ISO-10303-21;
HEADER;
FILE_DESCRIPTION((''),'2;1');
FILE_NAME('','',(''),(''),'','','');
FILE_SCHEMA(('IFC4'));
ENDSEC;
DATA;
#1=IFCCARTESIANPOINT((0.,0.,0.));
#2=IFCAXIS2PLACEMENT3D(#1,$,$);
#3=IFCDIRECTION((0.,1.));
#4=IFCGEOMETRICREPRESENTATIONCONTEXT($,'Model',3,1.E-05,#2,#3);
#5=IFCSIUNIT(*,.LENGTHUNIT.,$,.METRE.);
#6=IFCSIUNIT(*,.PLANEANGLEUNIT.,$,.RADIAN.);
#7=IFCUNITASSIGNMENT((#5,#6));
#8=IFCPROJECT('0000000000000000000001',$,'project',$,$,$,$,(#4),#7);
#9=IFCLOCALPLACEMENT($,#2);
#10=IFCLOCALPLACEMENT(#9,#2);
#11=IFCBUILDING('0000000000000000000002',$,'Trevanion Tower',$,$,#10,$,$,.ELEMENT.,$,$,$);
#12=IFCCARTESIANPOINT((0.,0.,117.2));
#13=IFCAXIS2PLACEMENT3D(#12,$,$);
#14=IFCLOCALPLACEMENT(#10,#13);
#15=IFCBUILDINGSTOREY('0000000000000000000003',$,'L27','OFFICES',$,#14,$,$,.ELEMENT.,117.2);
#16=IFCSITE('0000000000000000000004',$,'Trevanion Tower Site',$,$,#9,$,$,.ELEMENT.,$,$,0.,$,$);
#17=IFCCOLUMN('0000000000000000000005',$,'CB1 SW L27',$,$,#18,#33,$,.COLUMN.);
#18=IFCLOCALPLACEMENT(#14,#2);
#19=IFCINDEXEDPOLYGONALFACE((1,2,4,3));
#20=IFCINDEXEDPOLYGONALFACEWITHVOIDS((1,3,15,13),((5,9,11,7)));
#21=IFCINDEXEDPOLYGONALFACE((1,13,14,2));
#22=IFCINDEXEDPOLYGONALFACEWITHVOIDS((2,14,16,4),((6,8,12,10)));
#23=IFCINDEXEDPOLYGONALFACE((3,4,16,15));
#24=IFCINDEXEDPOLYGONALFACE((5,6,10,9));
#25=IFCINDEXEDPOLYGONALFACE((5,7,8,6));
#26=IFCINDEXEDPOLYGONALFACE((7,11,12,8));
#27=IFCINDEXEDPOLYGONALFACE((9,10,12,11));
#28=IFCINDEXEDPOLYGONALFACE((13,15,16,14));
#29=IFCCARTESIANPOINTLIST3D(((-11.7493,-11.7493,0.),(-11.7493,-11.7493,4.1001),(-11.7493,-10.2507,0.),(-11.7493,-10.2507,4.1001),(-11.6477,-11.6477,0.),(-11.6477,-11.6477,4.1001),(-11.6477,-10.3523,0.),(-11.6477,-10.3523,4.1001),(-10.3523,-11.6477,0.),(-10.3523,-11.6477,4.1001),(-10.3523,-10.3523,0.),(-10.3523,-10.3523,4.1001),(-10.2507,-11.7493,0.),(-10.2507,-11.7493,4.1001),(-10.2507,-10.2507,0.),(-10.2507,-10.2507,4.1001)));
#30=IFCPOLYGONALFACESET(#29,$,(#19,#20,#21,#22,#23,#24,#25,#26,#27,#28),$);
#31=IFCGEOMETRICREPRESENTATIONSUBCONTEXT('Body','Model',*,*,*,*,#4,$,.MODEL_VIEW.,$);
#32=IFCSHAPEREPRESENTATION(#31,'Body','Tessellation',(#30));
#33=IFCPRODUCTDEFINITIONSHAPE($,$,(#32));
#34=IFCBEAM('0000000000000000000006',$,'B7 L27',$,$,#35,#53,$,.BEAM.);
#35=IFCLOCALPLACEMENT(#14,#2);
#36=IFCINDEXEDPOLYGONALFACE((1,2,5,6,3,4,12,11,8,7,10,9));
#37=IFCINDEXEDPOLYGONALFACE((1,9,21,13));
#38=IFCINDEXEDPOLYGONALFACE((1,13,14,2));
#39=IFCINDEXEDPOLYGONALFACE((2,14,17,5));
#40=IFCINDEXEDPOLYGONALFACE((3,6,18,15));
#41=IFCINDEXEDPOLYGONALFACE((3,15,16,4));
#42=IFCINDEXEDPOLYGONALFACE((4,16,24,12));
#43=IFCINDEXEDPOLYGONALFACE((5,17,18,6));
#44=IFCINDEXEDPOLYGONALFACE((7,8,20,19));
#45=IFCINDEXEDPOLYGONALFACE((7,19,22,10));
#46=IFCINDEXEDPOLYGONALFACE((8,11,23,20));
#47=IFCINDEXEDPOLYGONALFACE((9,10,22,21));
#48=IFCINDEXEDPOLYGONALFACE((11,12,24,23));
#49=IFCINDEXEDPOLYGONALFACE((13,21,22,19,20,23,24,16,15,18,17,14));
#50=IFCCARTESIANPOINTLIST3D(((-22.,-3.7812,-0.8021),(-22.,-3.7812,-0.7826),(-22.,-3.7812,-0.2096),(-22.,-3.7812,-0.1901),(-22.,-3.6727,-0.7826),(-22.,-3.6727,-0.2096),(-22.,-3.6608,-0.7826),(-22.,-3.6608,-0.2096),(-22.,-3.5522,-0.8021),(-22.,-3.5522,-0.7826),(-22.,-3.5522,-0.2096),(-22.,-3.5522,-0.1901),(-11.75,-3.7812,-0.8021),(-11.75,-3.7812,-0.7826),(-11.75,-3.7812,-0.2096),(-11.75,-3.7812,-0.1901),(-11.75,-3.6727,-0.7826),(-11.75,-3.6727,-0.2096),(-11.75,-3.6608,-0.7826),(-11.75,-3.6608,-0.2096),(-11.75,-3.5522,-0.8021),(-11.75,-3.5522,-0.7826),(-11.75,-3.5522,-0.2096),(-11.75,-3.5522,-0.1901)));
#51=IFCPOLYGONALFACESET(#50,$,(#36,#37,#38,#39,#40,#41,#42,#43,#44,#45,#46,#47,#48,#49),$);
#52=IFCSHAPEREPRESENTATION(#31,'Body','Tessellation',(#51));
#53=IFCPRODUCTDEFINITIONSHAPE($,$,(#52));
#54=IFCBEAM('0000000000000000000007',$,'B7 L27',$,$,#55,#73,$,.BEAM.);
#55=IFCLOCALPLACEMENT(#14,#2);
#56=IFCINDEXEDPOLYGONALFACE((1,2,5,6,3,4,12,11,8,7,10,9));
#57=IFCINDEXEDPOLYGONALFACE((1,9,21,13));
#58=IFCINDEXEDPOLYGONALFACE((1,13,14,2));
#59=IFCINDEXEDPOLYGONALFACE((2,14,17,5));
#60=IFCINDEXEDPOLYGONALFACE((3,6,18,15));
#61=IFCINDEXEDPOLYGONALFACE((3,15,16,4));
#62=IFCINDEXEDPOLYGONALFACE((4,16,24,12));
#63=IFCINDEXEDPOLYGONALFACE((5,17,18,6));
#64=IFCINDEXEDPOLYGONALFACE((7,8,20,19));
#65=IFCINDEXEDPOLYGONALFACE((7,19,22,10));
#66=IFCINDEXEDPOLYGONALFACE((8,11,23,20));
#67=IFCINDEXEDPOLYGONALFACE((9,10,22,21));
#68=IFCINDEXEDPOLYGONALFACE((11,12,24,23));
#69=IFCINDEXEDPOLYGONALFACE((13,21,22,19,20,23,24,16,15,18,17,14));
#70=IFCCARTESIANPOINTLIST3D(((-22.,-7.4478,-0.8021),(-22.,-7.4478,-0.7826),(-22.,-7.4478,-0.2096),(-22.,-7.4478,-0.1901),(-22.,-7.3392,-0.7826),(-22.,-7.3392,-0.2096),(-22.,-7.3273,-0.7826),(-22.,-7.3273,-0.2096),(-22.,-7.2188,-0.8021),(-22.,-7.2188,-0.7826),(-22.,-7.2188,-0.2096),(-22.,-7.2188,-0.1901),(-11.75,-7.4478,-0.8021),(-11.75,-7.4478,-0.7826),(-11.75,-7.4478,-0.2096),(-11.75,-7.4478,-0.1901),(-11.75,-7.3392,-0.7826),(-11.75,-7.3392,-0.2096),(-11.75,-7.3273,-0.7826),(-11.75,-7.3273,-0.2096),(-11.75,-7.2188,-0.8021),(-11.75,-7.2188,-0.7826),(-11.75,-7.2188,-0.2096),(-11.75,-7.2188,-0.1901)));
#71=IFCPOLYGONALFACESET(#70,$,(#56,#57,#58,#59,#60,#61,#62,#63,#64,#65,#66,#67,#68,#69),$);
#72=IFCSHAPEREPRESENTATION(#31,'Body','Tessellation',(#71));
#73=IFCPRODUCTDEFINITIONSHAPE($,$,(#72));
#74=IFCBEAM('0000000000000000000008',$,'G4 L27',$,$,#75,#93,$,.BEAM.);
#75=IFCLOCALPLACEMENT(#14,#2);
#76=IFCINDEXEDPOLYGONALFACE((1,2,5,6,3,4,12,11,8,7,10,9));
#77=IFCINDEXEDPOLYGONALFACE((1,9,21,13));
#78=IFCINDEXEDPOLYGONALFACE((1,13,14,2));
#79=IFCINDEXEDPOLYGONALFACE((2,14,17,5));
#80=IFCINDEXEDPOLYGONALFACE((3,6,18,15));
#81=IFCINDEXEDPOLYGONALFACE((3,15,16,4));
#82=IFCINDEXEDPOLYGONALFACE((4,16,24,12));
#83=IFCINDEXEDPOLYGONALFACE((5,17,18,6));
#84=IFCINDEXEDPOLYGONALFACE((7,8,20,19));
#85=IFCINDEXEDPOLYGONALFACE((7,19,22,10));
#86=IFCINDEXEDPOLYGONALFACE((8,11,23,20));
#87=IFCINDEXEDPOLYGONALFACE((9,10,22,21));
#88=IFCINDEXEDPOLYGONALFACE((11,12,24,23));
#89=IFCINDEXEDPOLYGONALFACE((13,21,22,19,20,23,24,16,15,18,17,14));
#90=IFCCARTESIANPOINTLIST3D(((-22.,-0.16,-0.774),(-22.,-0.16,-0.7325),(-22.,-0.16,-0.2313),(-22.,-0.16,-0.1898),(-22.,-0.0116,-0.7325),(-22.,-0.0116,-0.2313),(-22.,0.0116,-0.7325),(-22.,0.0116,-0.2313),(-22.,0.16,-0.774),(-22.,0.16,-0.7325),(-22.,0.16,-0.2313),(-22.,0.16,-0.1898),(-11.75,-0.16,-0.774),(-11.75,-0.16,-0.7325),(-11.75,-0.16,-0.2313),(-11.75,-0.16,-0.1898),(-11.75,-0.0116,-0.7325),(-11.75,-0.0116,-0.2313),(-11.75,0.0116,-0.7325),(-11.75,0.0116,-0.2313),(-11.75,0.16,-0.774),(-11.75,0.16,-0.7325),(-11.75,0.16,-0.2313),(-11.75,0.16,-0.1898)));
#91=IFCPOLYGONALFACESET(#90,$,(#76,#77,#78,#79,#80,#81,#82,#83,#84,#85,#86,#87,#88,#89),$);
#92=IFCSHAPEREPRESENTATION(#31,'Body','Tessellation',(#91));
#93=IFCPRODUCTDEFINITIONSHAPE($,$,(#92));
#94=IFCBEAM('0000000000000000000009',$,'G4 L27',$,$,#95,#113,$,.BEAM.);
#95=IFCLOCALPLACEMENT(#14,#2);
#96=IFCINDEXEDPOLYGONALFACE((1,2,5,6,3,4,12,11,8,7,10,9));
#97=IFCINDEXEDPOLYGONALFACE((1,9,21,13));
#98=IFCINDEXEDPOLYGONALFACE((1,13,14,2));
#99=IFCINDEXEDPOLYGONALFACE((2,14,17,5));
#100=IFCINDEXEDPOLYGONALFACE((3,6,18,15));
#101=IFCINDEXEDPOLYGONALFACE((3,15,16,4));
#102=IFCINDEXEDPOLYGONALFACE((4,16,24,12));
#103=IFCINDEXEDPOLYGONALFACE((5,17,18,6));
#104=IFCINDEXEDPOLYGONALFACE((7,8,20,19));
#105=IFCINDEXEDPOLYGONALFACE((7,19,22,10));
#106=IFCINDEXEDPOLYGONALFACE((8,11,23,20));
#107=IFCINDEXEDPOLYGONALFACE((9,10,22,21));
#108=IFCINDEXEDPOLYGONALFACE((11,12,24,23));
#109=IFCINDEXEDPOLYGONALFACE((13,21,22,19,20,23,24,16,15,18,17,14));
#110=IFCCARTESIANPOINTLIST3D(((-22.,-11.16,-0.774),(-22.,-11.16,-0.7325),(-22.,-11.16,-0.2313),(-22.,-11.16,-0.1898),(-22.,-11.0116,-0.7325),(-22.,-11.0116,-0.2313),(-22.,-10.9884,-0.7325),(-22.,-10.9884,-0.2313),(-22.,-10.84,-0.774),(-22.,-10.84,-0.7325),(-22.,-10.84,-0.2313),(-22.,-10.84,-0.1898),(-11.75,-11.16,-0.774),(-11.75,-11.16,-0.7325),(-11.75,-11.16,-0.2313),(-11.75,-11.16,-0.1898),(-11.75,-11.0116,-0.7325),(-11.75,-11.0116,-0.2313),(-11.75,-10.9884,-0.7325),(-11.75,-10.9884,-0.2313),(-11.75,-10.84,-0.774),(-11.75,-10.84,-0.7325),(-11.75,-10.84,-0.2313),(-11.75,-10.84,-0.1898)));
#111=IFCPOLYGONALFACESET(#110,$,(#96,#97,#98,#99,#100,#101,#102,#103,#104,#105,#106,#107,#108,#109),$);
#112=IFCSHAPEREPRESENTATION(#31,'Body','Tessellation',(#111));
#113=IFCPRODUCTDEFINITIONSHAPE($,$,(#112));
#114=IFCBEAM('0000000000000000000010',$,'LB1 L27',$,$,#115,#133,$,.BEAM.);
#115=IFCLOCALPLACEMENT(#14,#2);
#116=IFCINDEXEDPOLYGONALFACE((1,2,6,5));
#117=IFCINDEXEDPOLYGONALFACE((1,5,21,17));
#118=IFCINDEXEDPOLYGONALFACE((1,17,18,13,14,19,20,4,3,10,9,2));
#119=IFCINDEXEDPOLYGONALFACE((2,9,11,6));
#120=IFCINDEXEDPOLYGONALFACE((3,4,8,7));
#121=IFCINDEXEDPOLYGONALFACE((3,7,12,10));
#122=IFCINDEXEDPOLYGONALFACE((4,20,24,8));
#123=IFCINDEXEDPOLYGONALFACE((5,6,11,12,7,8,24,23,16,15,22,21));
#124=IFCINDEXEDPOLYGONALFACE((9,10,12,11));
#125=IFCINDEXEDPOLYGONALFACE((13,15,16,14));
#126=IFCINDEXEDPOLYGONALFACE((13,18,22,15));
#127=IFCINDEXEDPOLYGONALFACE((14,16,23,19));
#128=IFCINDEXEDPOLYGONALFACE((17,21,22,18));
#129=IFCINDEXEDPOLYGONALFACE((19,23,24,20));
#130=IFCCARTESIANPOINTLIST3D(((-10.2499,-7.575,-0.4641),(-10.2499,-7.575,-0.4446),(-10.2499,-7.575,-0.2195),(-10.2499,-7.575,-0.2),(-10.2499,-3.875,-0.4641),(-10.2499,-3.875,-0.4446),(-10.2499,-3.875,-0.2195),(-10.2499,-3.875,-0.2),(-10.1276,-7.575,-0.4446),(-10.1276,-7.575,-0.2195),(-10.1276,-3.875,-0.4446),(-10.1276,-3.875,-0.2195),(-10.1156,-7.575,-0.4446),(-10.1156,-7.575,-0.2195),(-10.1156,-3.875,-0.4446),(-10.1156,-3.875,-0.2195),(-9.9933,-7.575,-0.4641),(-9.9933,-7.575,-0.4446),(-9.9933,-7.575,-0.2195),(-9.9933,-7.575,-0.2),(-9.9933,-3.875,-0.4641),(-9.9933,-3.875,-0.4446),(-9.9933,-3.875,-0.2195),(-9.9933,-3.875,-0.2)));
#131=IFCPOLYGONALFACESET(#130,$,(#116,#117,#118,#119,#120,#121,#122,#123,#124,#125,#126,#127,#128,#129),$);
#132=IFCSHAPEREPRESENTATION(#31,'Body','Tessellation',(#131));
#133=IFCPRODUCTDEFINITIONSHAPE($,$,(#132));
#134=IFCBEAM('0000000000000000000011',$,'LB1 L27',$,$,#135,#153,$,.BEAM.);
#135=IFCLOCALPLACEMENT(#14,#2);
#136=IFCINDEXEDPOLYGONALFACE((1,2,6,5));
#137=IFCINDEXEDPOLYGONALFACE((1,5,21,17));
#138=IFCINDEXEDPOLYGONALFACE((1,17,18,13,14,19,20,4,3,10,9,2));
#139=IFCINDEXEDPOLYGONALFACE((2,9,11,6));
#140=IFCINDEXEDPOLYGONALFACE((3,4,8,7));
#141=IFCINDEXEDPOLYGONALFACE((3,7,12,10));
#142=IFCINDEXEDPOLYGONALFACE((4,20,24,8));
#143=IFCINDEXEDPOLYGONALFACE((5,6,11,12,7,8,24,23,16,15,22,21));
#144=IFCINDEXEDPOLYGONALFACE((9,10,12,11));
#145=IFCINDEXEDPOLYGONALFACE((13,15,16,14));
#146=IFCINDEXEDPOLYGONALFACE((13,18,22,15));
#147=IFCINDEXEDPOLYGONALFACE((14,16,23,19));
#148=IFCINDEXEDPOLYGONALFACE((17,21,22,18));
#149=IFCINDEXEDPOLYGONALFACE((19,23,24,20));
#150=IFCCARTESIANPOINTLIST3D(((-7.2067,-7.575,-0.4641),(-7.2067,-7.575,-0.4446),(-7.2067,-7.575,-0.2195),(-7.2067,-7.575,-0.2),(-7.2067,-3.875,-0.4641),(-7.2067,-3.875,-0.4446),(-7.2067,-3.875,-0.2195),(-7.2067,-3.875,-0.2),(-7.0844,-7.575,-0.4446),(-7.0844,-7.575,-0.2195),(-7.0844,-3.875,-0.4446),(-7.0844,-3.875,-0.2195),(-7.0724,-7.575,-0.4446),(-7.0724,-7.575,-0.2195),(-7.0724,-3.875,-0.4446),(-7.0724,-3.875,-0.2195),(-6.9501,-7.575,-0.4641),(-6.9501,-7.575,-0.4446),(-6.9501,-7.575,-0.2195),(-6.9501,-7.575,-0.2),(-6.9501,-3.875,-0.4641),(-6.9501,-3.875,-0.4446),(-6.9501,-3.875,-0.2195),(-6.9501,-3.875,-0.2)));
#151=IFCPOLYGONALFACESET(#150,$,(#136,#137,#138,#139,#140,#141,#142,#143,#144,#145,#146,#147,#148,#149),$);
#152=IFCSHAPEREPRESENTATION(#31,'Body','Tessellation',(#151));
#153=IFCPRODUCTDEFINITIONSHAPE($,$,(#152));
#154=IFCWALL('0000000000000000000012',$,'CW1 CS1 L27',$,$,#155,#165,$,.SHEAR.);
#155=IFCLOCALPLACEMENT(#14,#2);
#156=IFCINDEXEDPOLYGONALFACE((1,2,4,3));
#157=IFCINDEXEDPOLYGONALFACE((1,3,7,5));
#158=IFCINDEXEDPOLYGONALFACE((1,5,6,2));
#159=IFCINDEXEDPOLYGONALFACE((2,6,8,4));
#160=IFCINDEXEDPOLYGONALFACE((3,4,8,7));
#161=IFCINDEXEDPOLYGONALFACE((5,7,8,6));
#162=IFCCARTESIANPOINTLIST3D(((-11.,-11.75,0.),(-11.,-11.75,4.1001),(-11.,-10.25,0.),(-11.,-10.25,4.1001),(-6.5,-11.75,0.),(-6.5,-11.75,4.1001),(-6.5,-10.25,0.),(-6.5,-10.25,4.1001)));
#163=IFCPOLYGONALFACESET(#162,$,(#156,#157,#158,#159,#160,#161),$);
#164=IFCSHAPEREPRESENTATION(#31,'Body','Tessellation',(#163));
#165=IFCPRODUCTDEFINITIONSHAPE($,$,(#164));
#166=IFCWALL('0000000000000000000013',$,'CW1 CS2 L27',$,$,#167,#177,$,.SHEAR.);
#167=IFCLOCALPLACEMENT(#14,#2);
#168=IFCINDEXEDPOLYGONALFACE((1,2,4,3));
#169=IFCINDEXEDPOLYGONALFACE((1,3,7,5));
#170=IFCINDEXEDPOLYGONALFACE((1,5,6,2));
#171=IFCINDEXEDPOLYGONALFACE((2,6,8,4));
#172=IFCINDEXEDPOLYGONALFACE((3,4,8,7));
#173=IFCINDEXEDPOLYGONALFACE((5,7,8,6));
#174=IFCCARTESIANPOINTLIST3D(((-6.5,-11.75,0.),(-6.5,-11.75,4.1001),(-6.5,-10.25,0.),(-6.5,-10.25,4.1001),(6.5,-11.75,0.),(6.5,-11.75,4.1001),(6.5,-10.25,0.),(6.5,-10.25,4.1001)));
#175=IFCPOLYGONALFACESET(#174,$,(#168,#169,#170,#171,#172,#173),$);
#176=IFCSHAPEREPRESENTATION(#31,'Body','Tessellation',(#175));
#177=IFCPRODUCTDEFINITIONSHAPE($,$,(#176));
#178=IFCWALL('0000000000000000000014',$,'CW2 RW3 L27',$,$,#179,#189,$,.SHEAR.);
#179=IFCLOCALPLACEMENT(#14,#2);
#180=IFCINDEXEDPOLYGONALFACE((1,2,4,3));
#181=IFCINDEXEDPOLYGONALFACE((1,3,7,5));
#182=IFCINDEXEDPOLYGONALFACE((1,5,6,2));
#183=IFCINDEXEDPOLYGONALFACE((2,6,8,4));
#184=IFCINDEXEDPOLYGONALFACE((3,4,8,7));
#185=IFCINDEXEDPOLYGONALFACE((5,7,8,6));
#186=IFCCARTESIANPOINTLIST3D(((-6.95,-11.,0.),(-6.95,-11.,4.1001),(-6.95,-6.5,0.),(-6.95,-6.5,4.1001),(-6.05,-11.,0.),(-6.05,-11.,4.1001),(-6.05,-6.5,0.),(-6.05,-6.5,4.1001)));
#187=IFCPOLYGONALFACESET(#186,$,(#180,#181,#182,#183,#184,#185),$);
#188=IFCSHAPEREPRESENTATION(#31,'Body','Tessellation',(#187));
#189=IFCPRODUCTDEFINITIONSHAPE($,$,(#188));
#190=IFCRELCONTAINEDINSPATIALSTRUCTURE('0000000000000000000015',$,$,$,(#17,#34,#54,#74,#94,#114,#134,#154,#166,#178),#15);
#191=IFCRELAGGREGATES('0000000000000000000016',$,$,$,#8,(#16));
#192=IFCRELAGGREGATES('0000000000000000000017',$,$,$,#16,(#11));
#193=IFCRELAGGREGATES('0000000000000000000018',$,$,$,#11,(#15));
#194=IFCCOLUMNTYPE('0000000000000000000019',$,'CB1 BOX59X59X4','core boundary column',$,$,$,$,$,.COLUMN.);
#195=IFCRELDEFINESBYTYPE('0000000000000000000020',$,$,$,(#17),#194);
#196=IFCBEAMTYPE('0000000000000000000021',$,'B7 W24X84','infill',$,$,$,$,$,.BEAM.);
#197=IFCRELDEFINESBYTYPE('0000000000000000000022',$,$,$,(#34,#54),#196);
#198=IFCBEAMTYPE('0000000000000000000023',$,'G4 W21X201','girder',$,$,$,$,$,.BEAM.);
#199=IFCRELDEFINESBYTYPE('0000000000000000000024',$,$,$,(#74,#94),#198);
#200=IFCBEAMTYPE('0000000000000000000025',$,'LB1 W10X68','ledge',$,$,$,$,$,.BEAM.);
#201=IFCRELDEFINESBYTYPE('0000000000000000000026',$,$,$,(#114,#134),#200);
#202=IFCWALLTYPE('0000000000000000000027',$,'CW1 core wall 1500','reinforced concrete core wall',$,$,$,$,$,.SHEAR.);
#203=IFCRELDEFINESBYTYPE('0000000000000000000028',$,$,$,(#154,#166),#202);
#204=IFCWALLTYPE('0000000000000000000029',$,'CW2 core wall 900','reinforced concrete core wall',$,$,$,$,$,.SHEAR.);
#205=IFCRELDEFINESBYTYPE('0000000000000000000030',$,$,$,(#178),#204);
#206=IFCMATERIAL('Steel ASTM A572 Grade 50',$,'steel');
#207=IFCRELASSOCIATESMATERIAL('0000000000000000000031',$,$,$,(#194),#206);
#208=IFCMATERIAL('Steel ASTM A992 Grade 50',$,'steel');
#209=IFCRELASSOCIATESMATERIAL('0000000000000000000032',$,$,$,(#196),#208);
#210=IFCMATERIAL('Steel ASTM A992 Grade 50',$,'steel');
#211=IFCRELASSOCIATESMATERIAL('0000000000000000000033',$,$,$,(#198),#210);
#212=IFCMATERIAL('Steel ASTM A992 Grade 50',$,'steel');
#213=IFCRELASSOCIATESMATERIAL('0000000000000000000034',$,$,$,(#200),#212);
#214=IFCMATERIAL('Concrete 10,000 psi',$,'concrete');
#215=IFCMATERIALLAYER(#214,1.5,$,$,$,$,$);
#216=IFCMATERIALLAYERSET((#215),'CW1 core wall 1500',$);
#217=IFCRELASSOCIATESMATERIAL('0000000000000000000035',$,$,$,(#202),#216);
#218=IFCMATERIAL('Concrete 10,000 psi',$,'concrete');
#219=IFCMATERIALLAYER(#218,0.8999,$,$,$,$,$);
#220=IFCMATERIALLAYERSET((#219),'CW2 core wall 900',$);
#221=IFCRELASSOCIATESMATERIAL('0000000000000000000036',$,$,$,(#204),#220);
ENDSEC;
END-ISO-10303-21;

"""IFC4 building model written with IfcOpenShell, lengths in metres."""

from ifc_helpers import new_model, si_unit, direction, frame, frame_2d, origin, origin_2d, place, context, subcontext, project, spatial, rectangle, hollow_rectangle, i_section, extrude, material, layer, layer_set, material_profile, profile_set, type_object, element, save


model = new_model("IFC4")

# Units and contexts
model_context = context("Model", 3, precision=1e-05, world=origin(), true_north=direction((0.0, 1.0)))
body_context = subcontext(model_context, "Body", "Model", "MODEL_VIEW")
ifc_project = project(units=[si_unit("LENGTHUNIT", "METRE"), si_unit("PLANEANGLEUNIT", "RADIAN")], contexts=[model_context])

# Site, building, storey
site_placement = place(None, origin())
site = spatial("IfcSite", under=ifc_project, at=site_placement, Name="Trevanion Tower Site", CompositionType="ELEMENT", RefElevation=0.0)
building_placement = place(site_placement, origin())
building = spatial("IfcBuilding", under=site, at=building_placement, Name="Trevanion Tower", CompositionType="ELEMENT")
storey_placement = place(building_placement, frame((0.0, 0.0, 117.2)))
storey = spatial("IfcBuildingStorey", under=building, at=storey_placement, Name="L27", Description="OFFICES", CompositionType="ELEMENT", Elevation=117.2)

# Column
ifc_material_1 = material(Name="Steel ASTM A572 Grade 50", Category="steel")
ifc_material_profile_1 = material_profile(ifc_material_1, hollow_rectangle(XDim=1.4985, YDim=1.4985, WallThickness=0.1016, at=origin_2d()), Name="BOX59X59X4")
ifc_profile_set_1 = profile_set([ifc_material_profile_1], Name="Steel ASTM A572 Grade 50")
column_type = type_object("IfcColumnType", Name="CB1 BOX59X59X4", Description="core boundary column", PredefinedType="COLUMN", material=ifc_profile_set_1)
column_placement = place(storey_placement, frame((-11.0, -11.0, 0.0), z_axis=(0.0, 0.0, 1.0), x_axis=(1.0, 0.0, 0.0)))
element("IfcColumn", 1, at=column_placement, inside=storey, type_object=column_type, Name="CB1 SW L27", PredefinedType="COLUMN", context=body_context, shape_type="SweptSolid", body=[
    extrude(hollow_rectangle(XDim=1.4985, YDim=1.4985, WallThickness=0.1016, at=origin_2d()), origin(), (0.0, 0.0, 1.0), 4.1001),
])

# Beams
ifc_material_2 = material(Name="Steel ASTM A992 Grade 50", Category="steel")
ifc_material_profile_2 = material_profile(ifc_material_2, i_section(OverallWidth=0.229, OverallDepth=0.6121, WebThickness=0.012, FlangeThickness=0.0195, at=origin_2d()), Name="W24X84")
ifc_profile_set_2 = profile_set([ifc_material_profile_2], Name="Steel ASTM A992 Grade 50")
beam_type_1 = type_object("IfcBeamType", Name="B7 W24X84", Description="infill", PredefinedType="BEAM", material=ifc_profile_set_2)
for number, where, z_axis, x_axis, name in (
    (2, (-11.75, -3.6667, -0.4961), (-1.0, 0.0, 0.0), (0.0, -1.0, 0.0), "B7 L27"),
    (3, (-11.75, -7.3333, -0.4961), (-1.0, 0.0, 0.0), (0.0, -1.0, 0.0), "B7 L27"),
):
    element("IfcBeam", number, at=place(storey_placement, frame(where, z_axis=z_axis, x_axis=x_axis)), inside=storey, type_object=beam_type_1, Name=name, PredefinedType="BEAM", context=body_context, shape_type="SweptSolid", body=[
        extrude(i_section(OverallWidth=0.229, OverallDepth=0.6121, WebThickness=0.012, FlangeThickness=0.0195, at=origin_2d()), origin(), (0.0, 0.0, 1.0), 10.25),
    ])
ifc_material_3 = material(Name="Steel ASTM A992 Grade 50", Category="steel")
ifc_material_profile_3 = material_profile(ifc_material_3, i_section(OverallWidth=0.3201, OverallDepth=0.5842, WebThickness=0.0232, FlangeThickness=0.0415, at=origin_2d()), Name="W21X201")
ifc_profile_set_3 = profile_set([ifc_material_profile_3], Name="Steel ASTM A992 Grade 50")
beam_type_2 = type_object("IfcBeamType", Name="G4 W21X201", Description="girder", PredefinedType="BEAM", material=ifc_profile_set_3)
for number, where, z_axis, x_axis, name in (
    (4, (-11.75, 0.0, -0.4819), (-1.0, 0.0, 0.0), (0.0, -1.0, 0.0), "G4 L27"),
    (5, (-11.75, -11.0, -0.4819), (-1.0, 0.0, 0.0), (0.0, -1.0, 0.0), "G4 L27"),
):
    element("IfcBeam", number, at=place(storey_placement, frame(where, z_axis=z_axis, x_axis=x_axis)), inside=storey, type_object=beam_type_2, Name=name, PredefinedType="BEAM", context=body_context, shape_type="SweptSolid", body=[
        extrude(i_section(OverallWidth=0.3201, OverallDepth=0.5842, WebThickness=0.0232, FlangeThickness=0.0415, at=origin_2d()), origin(), (0.0, 0.0, 1.0), 10.25),
    ])
ifc_material_4 = material(Name="Steel ASTM A992 Grade 50", Category="steel")
ifc_material_profile_4 = material_profile(ifc_material_4, i_section(OverallWidth=0.2566, OverallDepth=0.2642, WebThickness=0.012, FlangeThickness=0.0195, at=origin_2d()), Name="W10X68")
ifc_profile_set_4 = profile_set([ifc_material_profile_4], Name="Steel ASTM A992 Grade 50")
beam_type_3 = type_object("IfcBeamType", Name="LB1 W10X68", Description="ledge", PredefinedType="BEAM", material=ifc_profile_set_4)
for number, where, z_axis, x_axis, name in (
    (6, (-10.1216, -7.575, -0.332), (0.0, 1.0, 0.0), (-1.0, 0.0, 0.0), "LB1 L27"),
    (7, (-7.0784, -7.575, -0.332), (0.0, 1.0, 0.0), (-1.0, 0.0, 0.0), "LB1 L27"),
):
    element("IfcBeam", number, at=place(storey_placement, frame(where, z_axis=z_axis, x_axis=x_axis)), inside=storey, type_object=beam_type_3, Name=name, PredefinedType="BEAM", context=body_context, shape_type="SweptSolid", body=[
        extrude(i_section(OverallWidth=0.2566, OverallDepth=0.2642, WebThickness=0.012, FlangeThickness=0.0195, at=origin_2d()), origin(), (0.0, 0.0, 1.0), 3.7),
    ])

# Walls
ifc_material_5 = material(Name="Concrete 10,000 psi", Category="concrete")
ifc_layer_1 = layer(ifc_material_5, 1.5)
ifc_layer_set_1 = layer_set([ifc_layer_1], Name="CW1 core wall 1500")
wall_type_1 = type_object("IfcWallType", Name="CW1 core wall 1500", Description="reinforced concrete core wall", PredefinedType="SHEAR", material=ifc_layer_set_1)
wall_1_placement = place(storey_placement, frame((-11.0, -11.0, 0.0), z_axis=(0.0, 0.0, 1.0), x_axis=(1.0, 0.0, 0.0)))
element("IfcWall", 8, at=wall_1_placement, inside=storey, type_object=wall_type_1, Name="CW1 CS1 L27", PredefinedType="SHEAR", context=body_context, shape_type="SweptSolid", body=[
    extrude(rectangle(XDim=4.5, YDim=1.5, at=frame_2d((2.25, 0.0))), origin(), (0.0, 0.0, 1.0), 4.1001),
])
wall_2_placement = place(storey_placement, frame((-6.5, -11.0, 0.0), z_axis=(0.0, 0.0, 1.0), x_axis=(1.0, 0.0, 0.0)))
element("IfcWall", 9, at=wall_2_placement, inside=storey, type_object=wall_type_1, Name="CW1 CS2 L27", PredefinedType="SHEAR", context=body_context, shape_type="SweptSolid", body=[
    extrude(rectangle(XDim=13.0, YDim=1.5, at=frame_2d((6.5, 0.0))), origin(), (0.0, 0.0, 1.0), 4.1001),
])
ifc_material_6 = material(Name="Concrete 10,000 psi", Category="concrete")
ifc_layer_2 = layer(ifc_material_6, 0.8999)
ifc_layer_set_2 = layer_set([ifc_layer_2], Name="CW2 core wall 900")
wall_type_2 = type_object("IfcWallType", Name="CW2 core wall 900", Description="reinforced concrete core wall", PredefinedType="SHEAR", material=ifc_layer_set_2)
wall_3_placement = place(storey_placement, frame((-6.5, -6.5, 0.0), z_axis=(0.0, 0.0, 1.0), x_axis=(0.0, -1.0, 0.0)))
element("IfcWall", 10, at=wall_3_placement, inside=storey, type_object=wall_type_2, Name="CW2 RW3 L27", PredefinedType="SHEAR", context=body_context, shape_type="SweptSolid", body=[
    extrude(rectangle(XDim=4.5, YDim=0.8999, at=frame_2d((2.25, 0.0))), origin(), (0.0, 0.0, 1.0), 4.1001),
])

save(model, "model.ifc")
